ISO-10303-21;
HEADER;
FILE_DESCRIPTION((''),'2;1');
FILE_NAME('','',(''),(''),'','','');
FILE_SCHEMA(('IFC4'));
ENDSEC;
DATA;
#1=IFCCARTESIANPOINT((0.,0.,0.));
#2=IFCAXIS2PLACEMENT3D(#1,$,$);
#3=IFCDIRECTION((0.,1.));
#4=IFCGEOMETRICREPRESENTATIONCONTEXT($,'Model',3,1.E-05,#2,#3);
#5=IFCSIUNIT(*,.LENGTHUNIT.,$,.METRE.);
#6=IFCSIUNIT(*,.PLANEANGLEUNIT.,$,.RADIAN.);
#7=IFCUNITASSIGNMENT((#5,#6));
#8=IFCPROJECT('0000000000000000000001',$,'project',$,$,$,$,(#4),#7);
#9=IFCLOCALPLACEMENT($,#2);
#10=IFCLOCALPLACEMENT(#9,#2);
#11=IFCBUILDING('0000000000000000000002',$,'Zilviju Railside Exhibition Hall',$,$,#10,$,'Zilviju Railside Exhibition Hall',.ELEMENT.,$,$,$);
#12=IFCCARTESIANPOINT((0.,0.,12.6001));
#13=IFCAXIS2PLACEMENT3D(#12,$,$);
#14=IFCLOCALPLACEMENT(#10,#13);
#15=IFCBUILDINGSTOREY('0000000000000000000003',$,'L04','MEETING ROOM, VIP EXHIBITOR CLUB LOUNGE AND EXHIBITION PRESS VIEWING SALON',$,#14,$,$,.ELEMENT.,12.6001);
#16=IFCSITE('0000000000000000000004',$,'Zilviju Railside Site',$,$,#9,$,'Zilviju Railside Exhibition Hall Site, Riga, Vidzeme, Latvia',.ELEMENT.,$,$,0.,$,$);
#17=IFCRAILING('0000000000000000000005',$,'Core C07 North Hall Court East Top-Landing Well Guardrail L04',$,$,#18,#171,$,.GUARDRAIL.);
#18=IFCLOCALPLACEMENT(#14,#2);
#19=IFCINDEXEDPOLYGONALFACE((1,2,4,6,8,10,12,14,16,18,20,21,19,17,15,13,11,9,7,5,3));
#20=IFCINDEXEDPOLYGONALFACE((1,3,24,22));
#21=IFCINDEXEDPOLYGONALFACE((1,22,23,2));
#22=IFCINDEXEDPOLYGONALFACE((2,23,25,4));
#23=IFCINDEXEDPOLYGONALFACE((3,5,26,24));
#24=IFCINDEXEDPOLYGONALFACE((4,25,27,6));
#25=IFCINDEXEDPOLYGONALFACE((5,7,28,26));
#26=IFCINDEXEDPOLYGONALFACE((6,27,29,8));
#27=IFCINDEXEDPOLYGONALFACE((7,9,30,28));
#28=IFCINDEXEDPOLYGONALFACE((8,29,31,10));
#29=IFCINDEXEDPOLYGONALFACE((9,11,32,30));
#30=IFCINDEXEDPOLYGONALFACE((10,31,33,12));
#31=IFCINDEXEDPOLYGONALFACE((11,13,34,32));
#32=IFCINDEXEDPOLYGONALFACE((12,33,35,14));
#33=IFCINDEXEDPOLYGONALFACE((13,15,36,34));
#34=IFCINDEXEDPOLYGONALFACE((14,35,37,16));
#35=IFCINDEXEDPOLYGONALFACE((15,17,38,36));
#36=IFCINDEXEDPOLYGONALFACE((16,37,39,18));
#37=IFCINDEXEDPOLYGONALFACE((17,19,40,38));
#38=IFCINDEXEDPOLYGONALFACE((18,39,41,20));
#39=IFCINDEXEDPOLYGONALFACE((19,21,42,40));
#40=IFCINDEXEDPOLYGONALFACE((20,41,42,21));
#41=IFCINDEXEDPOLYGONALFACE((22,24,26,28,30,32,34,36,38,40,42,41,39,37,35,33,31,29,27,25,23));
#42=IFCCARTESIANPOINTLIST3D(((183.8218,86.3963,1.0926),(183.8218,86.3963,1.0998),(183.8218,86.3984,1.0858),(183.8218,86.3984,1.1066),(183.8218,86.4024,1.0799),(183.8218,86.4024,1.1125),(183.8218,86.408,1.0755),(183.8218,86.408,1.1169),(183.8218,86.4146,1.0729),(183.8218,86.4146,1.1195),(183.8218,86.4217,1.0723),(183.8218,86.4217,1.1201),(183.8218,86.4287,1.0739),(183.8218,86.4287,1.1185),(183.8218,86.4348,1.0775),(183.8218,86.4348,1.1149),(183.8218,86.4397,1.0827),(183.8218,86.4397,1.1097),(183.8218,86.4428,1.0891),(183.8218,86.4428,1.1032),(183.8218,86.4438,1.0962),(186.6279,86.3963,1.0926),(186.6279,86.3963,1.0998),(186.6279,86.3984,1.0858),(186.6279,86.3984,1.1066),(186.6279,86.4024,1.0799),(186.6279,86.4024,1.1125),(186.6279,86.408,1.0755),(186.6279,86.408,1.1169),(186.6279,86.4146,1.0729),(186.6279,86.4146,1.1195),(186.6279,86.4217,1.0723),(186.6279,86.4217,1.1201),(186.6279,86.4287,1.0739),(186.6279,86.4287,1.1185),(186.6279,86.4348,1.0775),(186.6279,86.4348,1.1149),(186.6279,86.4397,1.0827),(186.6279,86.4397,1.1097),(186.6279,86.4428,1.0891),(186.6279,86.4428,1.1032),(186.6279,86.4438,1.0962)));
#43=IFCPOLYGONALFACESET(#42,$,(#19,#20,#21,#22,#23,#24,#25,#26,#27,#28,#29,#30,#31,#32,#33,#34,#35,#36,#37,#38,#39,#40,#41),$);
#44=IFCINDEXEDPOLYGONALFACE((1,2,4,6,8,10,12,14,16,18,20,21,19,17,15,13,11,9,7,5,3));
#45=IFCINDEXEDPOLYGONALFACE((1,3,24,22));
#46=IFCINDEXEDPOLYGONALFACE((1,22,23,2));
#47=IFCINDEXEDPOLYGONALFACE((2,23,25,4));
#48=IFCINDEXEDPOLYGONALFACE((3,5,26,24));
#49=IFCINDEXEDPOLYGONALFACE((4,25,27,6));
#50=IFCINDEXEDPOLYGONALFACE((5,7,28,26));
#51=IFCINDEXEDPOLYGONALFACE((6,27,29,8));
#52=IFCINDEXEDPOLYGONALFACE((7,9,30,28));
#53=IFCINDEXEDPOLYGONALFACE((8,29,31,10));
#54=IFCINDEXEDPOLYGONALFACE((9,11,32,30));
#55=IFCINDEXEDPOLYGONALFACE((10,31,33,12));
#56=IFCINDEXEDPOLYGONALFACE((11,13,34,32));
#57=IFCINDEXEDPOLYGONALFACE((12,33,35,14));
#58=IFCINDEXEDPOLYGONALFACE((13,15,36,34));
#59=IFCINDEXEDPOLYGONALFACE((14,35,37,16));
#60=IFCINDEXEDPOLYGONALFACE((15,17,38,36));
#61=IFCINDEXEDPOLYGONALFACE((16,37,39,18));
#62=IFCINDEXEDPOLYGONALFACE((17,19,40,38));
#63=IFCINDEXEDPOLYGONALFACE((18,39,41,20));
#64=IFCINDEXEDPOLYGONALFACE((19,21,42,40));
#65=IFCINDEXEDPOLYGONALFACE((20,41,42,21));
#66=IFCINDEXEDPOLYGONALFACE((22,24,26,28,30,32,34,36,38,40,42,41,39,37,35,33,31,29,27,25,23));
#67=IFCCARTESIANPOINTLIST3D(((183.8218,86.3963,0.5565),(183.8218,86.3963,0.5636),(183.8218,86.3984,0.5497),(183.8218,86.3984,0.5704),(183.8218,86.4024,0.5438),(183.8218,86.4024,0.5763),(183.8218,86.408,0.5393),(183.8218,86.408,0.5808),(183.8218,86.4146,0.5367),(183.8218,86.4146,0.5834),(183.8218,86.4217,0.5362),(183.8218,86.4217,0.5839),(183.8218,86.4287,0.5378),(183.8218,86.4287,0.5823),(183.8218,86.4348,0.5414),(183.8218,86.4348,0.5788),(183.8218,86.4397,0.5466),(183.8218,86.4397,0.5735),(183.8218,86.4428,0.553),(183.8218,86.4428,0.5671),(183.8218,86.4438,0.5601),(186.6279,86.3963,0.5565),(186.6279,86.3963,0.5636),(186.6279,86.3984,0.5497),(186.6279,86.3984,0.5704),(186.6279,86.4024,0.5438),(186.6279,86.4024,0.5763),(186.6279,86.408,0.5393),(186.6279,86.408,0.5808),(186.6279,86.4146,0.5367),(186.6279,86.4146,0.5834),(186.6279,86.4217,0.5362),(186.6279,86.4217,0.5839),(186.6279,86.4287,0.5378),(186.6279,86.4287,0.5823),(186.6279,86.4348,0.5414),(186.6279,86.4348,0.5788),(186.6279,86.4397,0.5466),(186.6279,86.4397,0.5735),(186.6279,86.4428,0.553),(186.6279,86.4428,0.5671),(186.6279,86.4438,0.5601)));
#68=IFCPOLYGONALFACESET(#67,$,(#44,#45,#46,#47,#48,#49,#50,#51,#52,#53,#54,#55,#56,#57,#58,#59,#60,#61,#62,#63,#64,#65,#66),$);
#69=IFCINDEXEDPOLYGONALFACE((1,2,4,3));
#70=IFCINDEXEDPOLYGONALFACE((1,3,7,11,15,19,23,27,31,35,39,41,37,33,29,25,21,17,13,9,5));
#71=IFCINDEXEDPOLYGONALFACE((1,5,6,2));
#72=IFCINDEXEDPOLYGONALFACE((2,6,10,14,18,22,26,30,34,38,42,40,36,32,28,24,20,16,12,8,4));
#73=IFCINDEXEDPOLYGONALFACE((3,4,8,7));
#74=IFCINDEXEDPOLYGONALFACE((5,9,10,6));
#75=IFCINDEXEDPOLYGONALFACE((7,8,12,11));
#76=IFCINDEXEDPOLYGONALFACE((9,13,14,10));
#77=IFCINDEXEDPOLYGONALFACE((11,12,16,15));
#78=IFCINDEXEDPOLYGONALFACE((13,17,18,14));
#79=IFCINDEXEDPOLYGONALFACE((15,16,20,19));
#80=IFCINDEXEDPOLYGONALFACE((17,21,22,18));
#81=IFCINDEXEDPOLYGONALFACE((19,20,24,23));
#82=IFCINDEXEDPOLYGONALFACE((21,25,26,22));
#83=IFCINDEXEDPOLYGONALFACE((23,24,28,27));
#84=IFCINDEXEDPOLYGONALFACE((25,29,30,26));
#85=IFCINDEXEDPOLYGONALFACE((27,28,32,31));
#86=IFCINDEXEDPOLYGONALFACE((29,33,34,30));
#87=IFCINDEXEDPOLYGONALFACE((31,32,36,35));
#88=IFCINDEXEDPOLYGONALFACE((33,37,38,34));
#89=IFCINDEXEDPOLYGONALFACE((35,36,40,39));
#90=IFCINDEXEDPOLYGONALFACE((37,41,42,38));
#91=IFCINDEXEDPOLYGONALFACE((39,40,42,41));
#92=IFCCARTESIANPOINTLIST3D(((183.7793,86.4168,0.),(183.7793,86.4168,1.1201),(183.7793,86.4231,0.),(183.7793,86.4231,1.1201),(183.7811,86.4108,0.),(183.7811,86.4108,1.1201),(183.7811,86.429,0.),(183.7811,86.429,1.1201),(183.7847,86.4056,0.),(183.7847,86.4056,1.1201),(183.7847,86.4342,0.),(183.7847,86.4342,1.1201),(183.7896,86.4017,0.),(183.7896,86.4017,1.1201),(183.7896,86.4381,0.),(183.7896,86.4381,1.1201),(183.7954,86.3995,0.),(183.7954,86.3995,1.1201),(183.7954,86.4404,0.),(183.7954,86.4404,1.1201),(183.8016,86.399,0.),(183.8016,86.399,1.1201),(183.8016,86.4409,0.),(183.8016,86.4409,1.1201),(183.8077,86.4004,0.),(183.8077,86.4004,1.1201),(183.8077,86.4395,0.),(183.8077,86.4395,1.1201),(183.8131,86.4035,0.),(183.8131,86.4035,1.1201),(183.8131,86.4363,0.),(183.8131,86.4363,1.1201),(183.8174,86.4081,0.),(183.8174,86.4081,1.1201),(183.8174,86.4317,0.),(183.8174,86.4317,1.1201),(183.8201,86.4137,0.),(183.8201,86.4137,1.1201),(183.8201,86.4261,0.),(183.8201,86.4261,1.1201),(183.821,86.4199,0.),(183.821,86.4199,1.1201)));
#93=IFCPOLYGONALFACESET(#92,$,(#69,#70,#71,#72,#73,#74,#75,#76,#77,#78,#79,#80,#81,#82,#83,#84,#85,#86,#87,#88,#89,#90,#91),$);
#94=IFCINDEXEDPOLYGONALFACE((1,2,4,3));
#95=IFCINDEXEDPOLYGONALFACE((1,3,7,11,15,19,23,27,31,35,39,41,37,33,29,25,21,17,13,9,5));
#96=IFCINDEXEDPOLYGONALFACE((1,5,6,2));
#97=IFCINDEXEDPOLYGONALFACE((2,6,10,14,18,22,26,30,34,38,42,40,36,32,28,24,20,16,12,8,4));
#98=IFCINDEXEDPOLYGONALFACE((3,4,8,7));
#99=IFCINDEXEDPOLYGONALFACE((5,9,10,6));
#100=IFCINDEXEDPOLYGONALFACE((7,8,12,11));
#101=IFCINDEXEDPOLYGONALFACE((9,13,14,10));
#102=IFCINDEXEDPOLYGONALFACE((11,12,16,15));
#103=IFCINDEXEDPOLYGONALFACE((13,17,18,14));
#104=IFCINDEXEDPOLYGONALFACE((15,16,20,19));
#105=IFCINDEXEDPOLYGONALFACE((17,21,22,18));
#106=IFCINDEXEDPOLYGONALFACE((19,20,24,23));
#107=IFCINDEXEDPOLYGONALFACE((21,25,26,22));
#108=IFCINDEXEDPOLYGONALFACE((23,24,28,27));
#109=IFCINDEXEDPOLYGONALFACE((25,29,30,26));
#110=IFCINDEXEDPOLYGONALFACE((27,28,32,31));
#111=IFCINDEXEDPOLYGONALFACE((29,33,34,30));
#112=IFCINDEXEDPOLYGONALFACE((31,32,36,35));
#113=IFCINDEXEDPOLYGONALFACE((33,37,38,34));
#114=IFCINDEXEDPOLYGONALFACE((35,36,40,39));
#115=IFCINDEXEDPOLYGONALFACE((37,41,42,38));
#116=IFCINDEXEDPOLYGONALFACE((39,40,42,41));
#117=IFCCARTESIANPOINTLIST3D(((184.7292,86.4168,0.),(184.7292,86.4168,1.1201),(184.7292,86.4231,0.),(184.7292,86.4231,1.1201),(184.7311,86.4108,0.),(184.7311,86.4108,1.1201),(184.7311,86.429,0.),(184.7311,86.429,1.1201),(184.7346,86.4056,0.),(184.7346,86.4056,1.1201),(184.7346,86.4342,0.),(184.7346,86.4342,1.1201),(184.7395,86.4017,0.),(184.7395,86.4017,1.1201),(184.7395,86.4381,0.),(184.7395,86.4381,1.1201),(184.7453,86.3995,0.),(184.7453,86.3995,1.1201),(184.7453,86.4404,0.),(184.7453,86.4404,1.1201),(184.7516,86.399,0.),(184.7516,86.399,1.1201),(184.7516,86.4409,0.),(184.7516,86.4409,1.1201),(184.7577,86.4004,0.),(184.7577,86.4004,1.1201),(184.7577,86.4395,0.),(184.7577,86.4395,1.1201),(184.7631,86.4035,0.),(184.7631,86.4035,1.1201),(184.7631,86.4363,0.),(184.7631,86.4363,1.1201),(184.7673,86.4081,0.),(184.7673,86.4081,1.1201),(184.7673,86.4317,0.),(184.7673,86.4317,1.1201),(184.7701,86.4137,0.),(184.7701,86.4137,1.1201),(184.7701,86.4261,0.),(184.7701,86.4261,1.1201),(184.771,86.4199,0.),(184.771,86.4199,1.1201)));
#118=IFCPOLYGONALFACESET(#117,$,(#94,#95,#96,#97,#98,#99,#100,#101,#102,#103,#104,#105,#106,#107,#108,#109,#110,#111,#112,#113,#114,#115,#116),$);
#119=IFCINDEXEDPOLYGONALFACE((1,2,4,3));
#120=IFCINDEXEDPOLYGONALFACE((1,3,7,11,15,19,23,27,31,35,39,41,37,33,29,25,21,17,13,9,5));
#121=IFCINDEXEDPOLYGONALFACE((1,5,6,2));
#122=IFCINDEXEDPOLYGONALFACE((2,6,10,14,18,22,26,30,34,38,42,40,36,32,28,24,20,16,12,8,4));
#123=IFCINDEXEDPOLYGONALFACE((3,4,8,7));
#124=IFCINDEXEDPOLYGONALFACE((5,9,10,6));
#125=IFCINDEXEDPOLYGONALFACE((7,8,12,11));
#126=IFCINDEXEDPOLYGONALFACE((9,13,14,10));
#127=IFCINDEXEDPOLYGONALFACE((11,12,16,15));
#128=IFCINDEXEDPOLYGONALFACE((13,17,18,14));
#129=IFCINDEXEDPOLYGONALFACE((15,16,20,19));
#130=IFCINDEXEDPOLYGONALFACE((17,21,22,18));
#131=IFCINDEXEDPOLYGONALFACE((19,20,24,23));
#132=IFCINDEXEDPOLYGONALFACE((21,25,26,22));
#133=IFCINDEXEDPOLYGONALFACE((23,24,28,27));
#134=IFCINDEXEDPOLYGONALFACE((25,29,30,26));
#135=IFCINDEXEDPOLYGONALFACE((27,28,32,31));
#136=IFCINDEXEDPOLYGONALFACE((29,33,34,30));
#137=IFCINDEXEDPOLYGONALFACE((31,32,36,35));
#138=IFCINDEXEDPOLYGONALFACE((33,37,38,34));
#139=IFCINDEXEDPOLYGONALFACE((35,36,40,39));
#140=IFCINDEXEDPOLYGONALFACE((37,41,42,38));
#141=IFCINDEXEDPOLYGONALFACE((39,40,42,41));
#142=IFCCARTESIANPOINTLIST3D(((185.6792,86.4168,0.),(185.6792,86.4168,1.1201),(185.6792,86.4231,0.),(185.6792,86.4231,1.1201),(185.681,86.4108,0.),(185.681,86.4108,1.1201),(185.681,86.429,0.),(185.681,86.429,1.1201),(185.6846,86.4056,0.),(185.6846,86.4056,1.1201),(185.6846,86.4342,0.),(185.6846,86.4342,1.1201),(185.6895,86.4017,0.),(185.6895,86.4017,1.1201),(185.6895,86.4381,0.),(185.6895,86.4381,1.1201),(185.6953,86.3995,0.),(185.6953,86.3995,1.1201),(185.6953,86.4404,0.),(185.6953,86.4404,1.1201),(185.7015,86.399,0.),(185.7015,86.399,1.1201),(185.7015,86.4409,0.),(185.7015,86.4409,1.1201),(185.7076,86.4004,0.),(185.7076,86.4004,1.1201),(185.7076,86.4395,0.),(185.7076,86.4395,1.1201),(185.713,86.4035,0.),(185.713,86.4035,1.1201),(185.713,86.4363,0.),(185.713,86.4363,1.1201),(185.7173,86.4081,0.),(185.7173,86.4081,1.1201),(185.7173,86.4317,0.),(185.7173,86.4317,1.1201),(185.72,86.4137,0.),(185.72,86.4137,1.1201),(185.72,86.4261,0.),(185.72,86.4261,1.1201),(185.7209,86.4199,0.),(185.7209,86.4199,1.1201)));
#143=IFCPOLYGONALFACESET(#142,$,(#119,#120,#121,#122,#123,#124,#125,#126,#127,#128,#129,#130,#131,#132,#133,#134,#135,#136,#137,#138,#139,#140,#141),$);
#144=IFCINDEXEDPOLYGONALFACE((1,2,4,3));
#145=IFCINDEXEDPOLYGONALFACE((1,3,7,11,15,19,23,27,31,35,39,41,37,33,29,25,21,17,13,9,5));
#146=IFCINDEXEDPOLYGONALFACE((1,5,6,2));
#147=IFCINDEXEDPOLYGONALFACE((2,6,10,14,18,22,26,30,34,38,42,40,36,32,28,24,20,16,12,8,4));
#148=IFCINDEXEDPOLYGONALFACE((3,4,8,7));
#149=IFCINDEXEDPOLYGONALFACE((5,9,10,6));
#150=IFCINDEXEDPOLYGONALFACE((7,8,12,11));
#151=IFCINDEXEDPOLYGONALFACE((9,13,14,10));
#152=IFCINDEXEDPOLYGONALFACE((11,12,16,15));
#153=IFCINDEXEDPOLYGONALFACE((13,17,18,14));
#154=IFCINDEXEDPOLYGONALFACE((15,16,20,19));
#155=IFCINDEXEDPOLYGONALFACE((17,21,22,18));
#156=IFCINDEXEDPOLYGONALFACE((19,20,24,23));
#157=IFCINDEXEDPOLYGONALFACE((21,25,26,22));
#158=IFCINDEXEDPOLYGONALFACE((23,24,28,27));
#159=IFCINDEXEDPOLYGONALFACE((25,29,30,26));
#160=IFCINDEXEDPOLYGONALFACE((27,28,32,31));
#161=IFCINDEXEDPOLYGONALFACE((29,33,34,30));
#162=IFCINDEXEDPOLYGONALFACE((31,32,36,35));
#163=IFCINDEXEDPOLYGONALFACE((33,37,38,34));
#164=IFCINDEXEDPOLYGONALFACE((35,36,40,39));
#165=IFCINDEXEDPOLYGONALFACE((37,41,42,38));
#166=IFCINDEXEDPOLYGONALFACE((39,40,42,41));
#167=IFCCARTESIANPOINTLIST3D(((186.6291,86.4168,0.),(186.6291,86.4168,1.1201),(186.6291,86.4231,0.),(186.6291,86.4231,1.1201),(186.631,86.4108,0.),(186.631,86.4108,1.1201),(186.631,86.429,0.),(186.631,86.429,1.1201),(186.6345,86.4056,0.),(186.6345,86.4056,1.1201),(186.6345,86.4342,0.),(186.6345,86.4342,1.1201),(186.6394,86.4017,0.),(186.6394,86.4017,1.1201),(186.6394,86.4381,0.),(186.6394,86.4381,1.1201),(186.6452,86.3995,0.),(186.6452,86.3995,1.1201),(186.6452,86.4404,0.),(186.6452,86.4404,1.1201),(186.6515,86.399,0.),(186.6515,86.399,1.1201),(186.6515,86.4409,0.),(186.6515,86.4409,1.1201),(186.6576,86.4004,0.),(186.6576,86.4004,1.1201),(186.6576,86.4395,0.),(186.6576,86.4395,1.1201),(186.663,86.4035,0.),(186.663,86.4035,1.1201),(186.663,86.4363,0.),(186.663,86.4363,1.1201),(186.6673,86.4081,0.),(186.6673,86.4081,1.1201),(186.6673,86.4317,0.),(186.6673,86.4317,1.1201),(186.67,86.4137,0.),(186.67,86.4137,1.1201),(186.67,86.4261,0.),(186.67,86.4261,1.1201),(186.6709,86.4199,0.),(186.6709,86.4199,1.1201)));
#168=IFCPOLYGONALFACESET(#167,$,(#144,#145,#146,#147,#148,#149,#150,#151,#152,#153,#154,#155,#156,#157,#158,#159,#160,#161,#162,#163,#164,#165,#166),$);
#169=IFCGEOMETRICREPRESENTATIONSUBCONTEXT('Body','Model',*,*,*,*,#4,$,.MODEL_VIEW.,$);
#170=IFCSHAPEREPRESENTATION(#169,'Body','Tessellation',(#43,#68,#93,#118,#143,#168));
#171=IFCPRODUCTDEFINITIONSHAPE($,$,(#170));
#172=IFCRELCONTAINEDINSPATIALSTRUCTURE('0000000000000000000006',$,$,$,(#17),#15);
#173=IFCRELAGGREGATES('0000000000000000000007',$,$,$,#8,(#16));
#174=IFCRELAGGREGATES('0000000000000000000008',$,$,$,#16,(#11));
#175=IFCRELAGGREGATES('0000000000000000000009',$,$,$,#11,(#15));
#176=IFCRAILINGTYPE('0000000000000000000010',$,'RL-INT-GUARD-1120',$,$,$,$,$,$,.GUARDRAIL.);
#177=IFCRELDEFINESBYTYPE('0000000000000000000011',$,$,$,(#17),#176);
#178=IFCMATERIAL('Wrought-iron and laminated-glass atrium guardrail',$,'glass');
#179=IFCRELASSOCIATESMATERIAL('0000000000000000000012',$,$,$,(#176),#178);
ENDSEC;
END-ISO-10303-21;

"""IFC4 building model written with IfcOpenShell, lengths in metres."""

from ifc_helpers import new_model, si_unit, direction, frame, origin, origin_2d, place, context, subcontext, project, spatial, circle, extrude, material, type_object, element, save


model = new_model("IFC4")

# Units and contexts
model_context = context("Model", 3, precision=1e-05, world=origin(), true_north=direction((0.0, 1.0)))
body_context = subcontext(model_context, "Body", "Model", "MODEL_VIEW")
ifc_project = project(units=[si_unit("LENGTHUNIT", "METRE"), si_unit("PLANEANGLEUNIT", "RADIAN")], contexts=[model_context])

# Site, building, storey
site_placement = place(None, origin())
site = spatial("IfcSite", under=ifc_project, at=site_placement, Name="Zilviju Railside Site", LongName="Zilviju Railside Exhibition Hall Site, Riga, Vidzeme, Latvia", CompositionType="ELEMENT", RefElevation=0.0)
building_placement = place(site_placement, origin())
building = spatial("IfcBuilding", under=site, at=building_placement, Name="Zilviju Railside Exhibition Hall", LongName="Zilviju Railside Exhibition Hall", CompositionType="ELEMENT")
storey_placement = place(building_placement, frame((0.0, 0.0, 12.6001)))
storey = spatial("IfcBuildingStorey", under=building, at=storey_placement, Name="L04", Description="MEETING ROOM, VIP EXHIBITOR CLUB LOUNGE AND EXHIBITION PRESS VIEWING SALON", CompositionType="ELEMENT", Elevation=12.6001)

# Railing
ifc_material_1 = material(Name="Wrought-iron and laminated-glass atrium guardrail", Category="glass")
railing_type = type_object("IfcRailingType", Name="RL-INT-GUARD-1120", PredefinedType="GUARDRAIL", material=ifc_material_1)
railing_placement = place(storey_placement, frame((183.8, 86.4199, 0.0)))
element("IfcRailing", 1, at=railing_placement, inside=storey, type_object=railing_type, Name="Core C07 North Hall Court East Top-Landing Well Guardrail L04", PredefinedType="GUARDRAIL", context=body_context, shape_type="SweptSolid", body=[
    extrude(circle(Radius=0.0239, at=origin_2d()), frame((0.0217, 0.0, 1.0962), z_axis=(1.0, 0.0, 0.0), x_axis=(0.0, 1.0, 0.0)), (0.0, 0.0, 1.0), 2.8062),
    extrude(circle(Radius=0.0239, at=origin_2d()), frame((0.0217, 0.0, 0.5601), z_axis=(1.0, 0.0, 0.0), x_axis=(0.0, 1.0, 0.0)), (0.0, 0.0, 1.0), 2.8062),
    extrude(circle(Radius=0.021, at=origin_2d()), origin(), (0.0, 0.0, 1.0), 1.1201),
    extrude(circle(Radius=0.021, at=origin_2d()), frame((0.95, 0.0, 0.0)), (0.0, 0.0, 1.0), 1.1201),
    extrude(circle(Radius=0.021, at=origin_2d()), frame((1.8999, 0.0, 0.0)), (0.0, 0.0, 1.0), 1.1201),
    extrude(circle(Radius=0.021, at=origin_2d()), frame((2.8499, 0.0, 0.0)), (0.0, 0.0, 1.0), 1.1201),
])

save(model, "model.ifc")
